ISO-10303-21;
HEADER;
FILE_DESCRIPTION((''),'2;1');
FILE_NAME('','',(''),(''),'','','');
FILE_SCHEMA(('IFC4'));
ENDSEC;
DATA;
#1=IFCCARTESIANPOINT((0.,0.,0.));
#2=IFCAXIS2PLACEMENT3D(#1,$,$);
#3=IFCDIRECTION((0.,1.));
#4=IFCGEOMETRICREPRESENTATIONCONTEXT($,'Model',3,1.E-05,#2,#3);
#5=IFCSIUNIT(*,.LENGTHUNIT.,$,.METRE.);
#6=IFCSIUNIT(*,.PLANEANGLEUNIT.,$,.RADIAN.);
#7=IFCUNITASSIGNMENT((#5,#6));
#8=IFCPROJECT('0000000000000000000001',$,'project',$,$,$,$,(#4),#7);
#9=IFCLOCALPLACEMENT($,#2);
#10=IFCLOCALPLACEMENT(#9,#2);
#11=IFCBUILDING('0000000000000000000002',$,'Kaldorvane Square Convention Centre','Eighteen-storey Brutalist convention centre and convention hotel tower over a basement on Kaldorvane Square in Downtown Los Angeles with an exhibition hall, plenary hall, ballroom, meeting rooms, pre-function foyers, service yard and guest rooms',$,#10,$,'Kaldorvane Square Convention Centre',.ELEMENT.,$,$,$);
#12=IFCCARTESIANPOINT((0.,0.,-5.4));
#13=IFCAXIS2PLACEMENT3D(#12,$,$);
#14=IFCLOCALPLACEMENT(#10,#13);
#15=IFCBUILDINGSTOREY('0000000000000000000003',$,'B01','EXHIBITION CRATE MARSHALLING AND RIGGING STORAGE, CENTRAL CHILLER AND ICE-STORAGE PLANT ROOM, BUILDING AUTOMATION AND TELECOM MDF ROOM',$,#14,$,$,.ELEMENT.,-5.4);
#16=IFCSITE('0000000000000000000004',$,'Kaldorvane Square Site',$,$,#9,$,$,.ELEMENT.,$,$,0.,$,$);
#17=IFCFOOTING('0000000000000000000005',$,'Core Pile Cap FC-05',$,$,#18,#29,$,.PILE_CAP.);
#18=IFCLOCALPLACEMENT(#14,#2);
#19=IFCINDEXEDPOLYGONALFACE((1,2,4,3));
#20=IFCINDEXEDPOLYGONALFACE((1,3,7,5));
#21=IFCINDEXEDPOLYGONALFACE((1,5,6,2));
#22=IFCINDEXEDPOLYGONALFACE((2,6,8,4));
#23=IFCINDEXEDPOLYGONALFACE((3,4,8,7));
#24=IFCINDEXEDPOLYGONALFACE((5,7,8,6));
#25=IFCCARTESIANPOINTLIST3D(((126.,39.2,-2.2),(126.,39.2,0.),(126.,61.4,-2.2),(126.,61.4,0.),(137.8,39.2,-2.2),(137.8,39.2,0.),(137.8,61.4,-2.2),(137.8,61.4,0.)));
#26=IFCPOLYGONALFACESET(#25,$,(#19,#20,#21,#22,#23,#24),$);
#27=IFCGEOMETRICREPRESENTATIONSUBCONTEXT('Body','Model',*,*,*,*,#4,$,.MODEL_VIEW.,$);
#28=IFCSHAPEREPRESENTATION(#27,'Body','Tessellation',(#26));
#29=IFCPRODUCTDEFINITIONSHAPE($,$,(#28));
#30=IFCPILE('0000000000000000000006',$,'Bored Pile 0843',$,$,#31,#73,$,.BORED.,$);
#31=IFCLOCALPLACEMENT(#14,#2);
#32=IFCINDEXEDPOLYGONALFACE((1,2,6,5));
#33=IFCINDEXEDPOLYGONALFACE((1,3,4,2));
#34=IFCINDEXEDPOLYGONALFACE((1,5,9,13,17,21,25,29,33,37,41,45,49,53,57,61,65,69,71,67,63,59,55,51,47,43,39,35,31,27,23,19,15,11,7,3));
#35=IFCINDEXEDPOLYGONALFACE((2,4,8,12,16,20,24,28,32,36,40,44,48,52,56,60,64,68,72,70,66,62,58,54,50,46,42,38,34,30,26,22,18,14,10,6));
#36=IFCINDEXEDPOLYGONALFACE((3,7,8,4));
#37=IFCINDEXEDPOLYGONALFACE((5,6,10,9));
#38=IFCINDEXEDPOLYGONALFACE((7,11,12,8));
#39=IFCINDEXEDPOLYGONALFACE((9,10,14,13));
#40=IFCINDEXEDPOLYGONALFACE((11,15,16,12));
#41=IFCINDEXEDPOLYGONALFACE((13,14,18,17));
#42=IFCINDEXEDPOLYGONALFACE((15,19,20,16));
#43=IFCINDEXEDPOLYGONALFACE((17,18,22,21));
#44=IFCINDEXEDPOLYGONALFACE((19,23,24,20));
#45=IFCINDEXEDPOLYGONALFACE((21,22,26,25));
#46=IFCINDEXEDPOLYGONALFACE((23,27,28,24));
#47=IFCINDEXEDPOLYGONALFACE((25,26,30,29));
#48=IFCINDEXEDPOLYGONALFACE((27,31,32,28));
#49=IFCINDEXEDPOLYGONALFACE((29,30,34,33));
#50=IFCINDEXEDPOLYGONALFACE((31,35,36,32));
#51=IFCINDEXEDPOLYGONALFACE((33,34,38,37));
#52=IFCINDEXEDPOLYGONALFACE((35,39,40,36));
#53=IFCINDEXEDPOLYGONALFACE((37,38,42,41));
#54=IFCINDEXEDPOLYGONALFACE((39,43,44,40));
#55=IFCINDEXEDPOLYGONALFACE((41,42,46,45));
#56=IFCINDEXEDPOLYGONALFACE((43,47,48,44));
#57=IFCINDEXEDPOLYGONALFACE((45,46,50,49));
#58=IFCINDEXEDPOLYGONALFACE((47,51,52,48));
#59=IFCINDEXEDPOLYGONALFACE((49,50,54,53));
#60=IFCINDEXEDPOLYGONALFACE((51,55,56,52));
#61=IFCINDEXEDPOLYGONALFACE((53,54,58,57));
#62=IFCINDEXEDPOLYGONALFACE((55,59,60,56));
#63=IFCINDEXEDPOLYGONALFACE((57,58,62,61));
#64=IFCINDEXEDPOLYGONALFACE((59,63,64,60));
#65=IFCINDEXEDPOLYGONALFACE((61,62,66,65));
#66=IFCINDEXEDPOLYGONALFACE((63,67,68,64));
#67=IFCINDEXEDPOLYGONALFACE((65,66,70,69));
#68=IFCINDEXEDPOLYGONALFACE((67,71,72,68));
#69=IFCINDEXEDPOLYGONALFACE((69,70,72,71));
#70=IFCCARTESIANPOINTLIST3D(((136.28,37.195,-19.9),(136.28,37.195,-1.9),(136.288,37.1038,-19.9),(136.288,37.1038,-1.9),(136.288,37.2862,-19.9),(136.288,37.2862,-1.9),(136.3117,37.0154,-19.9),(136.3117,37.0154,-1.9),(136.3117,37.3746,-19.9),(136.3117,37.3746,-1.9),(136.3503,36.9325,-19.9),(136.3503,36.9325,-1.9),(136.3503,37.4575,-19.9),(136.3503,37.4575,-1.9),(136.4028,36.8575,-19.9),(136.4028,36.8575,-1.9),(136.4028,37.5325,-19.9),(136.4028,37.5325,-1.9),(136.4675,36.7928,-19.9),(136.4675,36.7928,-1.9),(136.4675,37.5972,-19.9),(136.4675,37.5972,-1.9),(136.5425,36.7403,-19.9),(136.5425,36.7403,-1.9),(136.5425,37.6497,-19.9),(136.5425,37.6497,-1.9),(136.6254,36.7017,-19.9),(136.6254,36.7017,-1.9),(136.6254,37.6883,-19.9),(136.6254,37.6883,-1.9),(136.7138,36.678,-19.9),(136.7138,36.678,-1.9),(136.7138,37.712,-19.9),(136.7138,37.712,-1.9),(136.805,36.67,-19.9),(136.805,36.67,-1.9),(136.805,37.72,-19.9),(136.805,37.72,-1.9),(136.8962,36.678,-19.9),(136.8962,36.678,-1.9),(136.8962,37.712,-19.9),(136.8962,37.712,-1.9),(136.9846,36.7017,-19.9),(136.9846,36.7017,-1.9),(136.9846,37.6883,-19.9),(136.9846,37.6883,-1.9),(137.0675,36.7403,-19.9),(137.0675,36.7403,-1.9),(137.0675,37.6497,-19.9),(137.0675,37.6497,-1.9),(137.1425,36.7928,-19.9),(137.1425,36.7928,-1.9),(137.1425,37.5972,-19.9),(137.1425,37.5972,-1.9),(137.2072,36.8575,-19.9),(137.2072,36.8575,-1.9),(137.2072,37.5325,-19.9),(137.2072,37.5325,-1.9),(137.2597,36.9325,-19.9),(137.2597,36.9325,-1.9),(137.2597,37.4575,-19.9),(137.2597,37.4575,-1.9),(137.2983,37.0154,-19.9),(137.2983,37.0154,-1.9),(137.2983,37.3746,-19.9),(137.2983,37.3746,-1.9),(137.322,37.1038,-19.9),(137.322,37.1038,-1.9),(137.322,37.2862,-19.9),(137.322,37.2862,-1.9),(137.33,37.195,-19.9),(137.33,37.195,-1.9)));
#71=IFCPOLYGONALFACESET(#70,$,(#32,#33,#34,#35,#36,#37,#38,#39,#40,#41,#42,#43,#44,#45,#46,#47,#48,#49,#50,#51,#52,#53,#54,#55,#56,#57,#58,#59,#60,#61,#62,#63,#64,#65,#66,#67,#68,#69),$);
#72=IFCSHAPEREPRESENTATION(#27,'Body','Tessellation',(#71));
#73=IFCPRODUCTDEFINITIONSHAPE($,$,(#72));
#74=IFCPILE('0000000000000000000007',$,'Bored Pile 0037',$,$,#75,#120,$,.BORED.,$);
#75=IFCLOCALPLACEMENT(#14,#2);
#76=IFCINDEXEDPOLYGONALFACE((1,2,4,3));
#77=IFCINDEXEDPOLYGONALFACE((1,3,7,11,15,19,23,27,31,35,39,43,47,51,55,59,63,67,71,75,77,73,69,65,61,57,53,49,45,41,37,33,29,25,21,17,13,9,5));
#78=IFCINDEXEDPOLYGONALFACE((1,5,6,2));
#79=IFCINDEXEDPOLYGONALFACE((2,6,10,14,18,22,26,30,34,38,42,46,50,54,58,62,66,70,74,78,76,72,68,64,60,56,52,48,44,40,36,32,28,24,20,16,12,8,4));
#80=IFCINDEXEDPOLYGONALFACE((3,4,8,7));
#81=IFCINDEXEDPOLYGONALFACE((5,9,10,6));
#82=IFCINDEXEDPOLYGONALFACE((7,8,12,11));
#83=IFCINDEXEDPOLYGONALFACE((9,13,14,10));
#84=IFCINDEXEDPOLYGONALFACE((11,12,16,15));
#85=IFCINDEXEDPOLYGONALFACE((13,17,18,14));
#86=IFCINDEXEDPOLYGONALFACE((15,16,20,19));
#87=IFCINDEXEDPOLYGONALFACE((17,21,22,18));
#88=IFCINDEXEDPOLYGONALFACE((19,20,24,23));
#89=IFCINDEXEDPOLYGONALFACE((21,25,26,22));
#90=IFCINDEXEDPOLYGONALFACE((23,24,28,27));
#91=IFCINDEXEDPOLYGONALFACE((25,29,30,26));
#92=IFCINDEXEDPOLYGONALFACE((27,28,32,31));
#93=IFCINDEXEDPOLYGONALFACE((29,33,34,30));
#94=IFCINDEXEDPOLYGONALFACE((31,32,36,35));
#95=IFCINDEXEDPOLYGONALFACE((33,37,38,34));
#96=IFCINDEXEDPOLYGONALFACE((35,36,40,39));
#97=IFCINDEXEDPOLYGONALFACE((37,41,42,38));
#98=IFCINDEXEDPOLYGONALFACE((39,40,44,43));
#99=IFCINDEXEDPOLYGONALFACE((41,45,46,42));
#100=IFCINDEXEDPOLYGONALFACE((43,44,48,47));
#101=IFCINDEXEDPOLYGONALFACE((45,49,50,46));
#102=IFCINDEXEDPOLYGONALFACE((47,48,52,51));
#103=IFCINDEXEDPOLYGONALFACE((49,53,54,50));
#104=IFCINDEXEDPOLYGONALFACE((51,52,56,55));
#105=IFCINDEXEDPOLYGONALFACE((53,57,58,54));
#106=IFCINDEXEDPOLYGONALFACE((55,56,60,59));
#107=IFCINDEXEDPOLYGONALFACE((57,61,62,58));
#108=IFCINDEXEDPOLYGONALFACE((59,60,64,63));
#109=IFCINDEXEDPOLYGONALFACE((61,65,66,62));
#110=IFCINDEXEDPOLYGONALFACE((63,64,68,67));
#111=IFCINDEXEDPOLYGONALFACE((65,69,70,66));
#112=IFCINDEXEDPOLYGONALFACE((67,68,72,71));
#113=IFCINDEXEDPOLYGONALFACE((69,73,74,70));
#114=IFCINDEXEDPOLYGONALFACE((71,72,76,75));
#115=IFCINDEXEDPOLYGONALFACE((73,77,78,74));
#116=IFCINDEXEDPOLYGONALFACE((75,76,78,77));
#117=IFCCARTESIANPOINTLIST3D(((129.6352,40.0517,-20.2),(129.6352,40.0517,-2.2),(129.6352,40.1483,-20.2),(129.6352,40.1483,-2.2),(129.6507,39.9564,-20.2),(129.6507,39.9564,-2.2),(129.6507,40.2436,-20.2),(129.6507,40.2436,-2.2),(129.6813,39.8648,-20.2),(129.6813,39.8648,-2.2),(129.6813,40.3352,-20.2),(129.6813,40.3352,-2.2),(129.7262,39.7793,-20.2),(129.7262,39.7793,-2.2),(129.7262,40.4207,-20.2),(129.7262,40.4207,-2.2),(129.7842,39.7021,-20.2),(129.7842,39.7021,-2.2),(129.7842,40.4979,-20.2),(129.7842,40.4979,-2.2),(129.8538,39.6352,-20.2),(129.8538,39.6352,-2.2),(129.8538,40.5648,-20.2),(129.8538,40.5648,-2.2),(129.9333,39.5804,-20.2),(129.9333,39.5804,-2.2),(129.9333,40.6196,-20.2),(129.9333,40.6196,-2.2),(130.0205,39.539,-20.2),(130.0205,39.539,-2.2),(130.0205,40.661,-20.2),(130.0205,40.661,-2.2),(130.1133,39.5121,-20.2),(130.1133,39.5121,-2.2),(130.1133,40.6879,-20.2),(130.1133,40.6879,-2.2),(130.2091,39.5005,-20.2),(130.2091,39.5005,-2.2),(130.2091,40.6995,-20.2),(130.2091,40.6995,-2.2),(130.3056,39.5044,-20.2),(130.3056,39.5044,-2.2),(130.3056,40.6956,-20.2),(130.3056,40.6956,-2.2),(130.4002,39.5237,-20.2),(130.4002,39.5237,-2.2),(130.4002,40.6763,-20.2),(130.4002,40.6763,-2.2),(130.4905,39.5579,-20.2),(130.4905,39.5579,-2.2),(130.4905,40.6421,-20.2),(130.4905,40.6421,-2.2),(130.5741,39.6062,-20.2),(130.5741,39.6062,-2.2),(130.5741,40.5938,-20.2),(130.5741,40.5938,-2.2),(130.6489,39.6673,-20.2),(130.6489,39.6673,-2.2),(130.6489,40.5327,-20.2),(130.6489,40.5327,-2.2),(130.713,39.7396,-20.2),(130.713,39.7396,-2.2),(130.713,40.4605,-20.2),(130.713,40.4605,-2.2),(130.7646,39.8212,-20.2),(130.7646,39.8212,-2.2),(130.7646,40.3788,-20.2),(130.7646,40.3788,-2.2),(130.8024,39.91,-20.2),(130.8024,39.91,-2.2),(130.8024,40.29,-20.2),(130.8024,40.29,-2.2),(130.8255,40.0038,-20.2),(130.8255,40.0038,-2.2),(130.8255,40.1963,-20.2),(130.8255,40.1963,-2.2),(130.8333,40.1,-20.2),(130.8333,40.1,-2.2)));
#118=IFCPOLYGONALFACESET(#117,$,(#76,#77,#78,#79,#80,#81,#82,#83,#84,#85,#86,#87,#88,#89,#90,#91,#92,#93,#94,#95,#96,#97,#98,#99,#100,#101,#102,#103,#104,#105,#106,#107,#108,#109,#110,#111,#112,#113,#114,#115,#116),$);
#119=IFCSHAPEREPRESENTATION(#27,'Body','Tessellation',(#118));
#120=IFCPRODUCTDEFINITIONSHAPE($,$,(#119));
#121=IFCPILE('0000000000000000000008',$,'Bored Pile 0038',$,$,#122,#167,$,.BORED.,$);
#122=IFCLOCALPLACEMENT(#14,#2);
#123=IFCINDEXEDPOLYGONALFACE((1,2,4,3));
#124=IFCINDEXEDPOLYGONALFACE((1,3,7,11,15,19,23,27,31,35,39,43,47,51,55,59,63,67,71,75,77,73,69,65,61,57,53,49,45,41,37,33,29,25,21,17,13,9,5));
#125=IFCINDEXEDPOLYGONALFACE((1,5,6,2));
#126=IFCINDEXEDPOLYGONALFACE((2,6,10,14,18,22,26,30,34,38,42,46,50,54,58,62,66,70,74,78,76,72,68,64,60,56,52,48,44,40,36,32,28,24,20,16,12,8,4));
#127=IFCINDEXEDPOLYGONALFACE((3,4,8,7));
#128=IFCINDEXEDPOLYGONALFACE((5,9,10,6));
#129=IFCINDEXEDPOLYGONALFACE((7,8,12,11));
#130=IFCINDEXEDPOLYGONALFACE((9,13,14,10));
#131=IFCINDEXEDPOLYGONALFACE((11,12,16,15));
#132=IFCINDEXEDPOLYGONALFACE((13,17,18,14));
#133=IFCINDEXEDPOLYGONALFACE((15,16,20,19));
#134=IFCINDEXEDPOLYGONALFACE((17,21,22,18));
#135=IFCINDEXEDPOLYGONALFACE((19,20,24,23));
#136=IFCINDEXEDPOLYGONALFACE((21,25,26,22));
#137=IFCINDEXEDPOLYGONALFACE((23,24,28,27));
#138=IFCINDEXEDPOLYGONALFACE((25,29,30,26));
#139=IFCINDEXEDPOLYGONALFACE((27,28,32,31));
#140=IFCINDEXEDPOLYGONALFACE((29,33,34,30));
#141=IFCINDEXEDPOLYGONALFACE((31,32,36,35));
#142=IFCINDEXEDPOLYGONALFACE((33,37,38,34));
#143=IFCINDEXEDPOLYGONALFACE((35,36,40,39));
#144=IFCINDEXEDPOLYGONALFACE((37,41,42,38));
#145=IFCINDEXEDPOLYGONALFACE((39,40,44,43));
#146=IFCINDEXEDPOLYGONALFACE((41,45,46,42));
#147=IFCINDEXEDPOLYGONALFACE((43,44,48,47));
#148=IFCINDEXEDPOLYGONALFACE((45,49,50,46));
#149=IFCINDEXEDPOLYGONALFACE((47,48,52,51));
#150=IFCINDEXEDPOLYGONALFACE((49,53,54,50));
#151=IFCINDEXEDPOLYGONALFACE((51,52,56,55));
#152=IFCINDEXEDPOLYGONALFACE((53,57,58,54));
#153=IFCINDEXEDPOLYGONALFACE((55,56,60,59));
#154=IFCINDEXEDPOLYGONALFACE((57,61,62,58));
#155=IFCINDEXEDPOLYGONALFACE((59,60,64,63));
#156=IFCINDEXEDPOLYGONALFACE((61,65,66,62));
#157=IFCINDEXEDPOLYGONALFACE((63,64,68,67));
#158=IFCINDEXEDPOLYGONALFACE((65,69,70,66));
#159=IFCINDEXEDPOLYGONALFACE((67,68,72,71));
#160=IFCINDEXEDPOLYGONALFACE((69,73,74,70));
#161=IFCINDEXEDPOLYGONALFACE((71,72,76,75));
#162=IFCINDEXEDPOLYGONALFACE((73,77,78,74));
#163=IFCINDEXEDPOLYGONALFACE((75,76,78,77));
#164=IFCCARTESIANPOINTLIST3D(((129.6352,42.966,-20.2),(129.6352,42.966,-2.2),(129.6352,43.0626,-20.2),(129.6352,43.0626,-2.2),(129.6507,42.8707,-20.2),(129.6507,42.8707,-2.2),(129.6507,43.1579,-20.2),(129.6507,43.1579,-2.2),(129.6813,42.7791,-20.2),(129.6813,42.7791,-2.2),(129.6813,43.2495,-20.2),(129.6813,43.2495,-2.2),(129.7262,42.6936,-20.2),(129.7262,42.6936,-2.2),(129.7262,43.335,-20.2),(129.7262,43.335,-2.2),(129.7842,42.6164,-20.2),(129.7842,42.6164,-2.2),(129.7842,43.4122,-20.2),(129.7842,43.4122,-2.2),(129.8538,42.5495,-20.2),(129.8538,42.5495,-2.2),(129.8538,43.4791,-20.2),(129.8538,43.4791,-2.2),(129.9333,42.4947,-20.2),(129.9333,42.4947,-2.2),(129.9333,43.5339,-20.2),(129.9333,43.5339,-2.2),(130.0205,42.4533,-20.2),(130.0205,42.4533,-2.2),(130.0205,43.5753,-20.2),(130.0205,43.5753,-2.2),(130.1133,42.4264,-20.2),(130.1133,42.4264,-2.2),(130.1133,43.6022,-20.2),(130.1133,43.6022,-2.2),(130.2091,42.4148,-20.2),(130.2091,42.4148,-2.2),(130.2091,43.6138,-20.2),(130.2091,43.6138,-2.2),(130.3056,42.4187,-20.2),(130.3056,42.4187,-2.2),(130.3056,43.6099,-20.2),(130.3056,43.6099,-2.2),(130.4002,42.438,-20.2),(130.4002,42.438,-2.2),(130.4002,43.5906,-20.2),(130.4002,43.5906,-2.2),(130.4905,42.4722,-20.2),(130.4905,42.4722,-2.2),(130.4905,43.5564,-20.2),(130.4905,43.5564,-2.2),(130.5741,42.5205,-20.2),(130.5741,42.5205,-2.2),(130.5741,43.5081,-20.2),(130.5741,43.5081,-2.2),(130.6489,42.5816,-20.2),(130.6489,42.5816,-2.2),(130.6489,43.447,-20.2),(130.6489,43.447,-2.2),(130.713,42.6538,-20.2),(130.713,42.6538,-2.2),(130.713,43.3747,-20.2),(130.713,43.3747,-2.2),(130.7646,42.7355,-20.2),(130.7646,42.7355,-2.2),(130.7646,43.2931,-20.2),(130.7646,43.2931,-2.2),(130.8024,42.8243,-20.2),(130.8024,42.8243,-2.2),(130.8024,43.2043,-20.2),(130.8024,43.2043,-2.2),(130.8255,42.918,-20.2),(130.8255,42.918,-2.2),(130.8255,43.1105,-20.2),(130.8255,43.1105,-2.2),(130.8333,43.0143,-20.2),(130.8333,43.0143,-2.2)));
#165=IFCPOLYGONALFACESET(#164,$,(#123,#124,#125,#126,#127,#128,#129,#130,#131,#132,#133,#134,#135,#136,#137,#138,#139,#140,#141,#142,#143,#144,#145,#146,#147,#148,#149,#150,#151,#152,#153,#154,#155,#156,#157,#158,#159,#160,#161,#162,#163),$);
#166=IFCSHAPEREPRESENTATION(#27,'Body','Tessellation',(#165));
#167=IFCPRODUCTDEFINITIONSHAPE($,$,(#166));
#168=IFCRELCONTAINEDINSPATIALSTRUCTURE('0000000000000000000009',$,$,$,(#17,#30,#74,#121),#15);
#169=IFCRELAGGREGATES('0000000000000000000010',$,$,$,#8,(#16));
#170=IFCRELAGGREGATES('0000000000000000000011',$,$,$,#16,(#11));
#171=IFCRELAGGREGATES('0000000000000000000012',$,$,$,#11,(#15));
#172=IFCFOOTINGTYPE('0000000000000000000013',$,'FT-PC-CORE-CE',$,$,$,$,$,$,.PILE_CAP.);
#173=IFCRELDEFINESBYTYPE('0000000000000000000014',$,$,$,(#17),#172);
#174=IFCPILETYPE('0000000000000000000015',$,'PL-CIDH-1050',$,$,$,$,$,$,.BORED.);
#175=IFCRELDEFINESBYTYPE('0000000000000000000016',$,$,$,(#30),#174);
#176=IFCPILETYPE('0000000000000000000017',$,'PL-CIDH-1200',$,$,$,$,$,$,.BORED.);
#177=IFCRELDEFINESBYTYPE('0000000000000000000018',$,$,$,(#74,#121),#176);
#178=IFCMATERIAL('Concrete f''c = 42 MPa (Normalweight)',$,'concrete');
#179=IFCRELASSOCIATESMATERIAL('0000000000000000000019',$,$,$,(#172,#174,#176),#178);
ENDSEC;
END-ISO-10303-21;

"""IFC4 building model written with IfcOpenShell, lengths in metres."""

from ifc_helpers import new_model, si_unit, direction, frame, origin, origin_2d, place, context, subcontext, project, spatial, rectangle, circle, extrude, material, material_profile, profile_set, type_object, element, save


model = new_model("IFC4")

# Units and contexts
model_context = context("Model", 3, precision=1e-05, world=origin(), true_north=direction((0.0, 1.0)))
body_context = subcontext(model_context, "Body", "Model", "MODEL_VIEW")
ifc_project = project(units=[si_unit("LENGTHUNIT", "METRE"), si_unit("PLANEANGLEUNIT", "RADIAN")], contexts=[model_context])

# Site, building, storey
site_placement = place(None, origin())
site = spatial("IfcSite", under=ifc_project, at=site_placement, Name="Kaldorvane Square Site", CompositionType="ELEMENT", RefElevation=0.0)
building_placement = place(site_placement, origin())
building = spatial("IfcBuilding", under=site, at=building_placement, Name="Kaldorvane Square Convention Centre", Description="Eighteen-storey Brutalist convention centre and convention hotel tower over a basement on Kaldorvane Square in Downtown Los Angeles with an exhibition hall, plenary hall, ballroom, meeting rooms, pre-function foyers, service yard and guest rooms", LongName="Kaldorvane Square Convention Centre", CompositionType="ELEMENT")
storey_placement = place(building_placement, frame((0.0, 0.0, -5.4)))
storey = spatial("IfcBuildingStorey", under=building, at=storey_placement, Name="B01", Description="EXHIBITION CRATE MARSHALLING AND RIGGING STORAGE, CENTRAL CHILLER AND ICE-STORAGE PLANT ROOM, BUILDING AUTOMATION AND TELECOM MDF ROOM", CompositionType="ELEMENT", Elevation=-5.4)

# Footing
ifc_material_1 = material(Name="Concrete f'c = 42 MPa (Normalweight)", Category="concrete")
footing_type = type_object("IfcFootingType", Name="FT-PC-CORE-CE", PredefinedType="PILE_CAP", material=ifc_material_1)
footing_placement = place(storey_placement, frame((131.9, 50.3, -2.2), z_axis=(0.0, 0.0, 1.0), x_axis=(1.0, 0.0, 0.0)))
element("IfcFooting", 1, at=footing_placement, inside=storey, type_object=footing_type, Name="Core Pile Cap FC-05", PredefinedType="PILE_CAP", context=body_context, shape_type="SweptSolid", body=[
    extrude(rectangle(XDim=11.8, YDim=22.2, at=origin_2d()), origin(), (0.0, 0.0, 1.0), 2.2),
])

# Piles
ifc_material_profile_1 = material_profile(ifc_material_1, circle(Radius=0.525, at=origin_2d()), Name="PILE-D1050")
ifc_profile_set_1 = profile_set([ifc_material_profile_1], Name="Concrete f'c = 42 MPa (Normalweight)")
pile_type_1 = type_object("IfcPileType", Name="PL-CIDH-1050", PredefinedType="BORED", material=ifc_profile_set_1)
pile_placement = place(storey_placement, frame((136.805, 37.195, -1.9), z_axis=(0.0, 0.0, -1.0), x_axis=(1.0, 0.0, 0.0)))
element("IfcPile", 2, at=pile_placement, inside=storey, type_object=pile_type_1, Name="Bored Pile 0843", PredefinedType="BORED", context=body_context, shape_type="SweptSolid", body=[
    extrude(circle(Radius=0.525, at=origin_2d()), origin(), (0.0, 0.0, 1.0), 18.0),
])
ifc_material_profile_2 = material_profile(ifc_material_1, circle(Radius=0.6, at=origin_2d()), Name="PILE-D1200")
ifc_profile_set_2 = profile_set([ifc_material_profile_2], Name="Concrete f'c = 42 MPa (Normalweight)")
pile_type_2 = type_object("IfcPileType", Name="PL-CIDH-1200", PredefinedType="BORED", material=ifc_profile_set_2)
for number, where, z_axis, x_axis, name in (
    (3, (130.2333, 40.1, -2.2), (0.0, 0.0, -1.0), (1.0, 0.0, 0.0), "Bored Pile 0037"),
    (4, (130.2333, 43.0143, -2.2), (0.0, 0.0, -1.0), (1.0, 0.0, 0.0), "Bored Pile 0038"),
):
    element("IfcPile", number, at=place(storey_placement, frame(where, z_axis=z_axis, x_axis=x_axis)), inside=storey, type_object=pile_type_2, Name=name, PredefinedType="BORED", context=body_context, shape_type="SweptSolid", body=[
        extrude(circle(Radius=0.6, at=origin_2d()), origin(), (0.0, 0.0, 1.0), 18.0),
    ])

save(model, "model.ifc")
